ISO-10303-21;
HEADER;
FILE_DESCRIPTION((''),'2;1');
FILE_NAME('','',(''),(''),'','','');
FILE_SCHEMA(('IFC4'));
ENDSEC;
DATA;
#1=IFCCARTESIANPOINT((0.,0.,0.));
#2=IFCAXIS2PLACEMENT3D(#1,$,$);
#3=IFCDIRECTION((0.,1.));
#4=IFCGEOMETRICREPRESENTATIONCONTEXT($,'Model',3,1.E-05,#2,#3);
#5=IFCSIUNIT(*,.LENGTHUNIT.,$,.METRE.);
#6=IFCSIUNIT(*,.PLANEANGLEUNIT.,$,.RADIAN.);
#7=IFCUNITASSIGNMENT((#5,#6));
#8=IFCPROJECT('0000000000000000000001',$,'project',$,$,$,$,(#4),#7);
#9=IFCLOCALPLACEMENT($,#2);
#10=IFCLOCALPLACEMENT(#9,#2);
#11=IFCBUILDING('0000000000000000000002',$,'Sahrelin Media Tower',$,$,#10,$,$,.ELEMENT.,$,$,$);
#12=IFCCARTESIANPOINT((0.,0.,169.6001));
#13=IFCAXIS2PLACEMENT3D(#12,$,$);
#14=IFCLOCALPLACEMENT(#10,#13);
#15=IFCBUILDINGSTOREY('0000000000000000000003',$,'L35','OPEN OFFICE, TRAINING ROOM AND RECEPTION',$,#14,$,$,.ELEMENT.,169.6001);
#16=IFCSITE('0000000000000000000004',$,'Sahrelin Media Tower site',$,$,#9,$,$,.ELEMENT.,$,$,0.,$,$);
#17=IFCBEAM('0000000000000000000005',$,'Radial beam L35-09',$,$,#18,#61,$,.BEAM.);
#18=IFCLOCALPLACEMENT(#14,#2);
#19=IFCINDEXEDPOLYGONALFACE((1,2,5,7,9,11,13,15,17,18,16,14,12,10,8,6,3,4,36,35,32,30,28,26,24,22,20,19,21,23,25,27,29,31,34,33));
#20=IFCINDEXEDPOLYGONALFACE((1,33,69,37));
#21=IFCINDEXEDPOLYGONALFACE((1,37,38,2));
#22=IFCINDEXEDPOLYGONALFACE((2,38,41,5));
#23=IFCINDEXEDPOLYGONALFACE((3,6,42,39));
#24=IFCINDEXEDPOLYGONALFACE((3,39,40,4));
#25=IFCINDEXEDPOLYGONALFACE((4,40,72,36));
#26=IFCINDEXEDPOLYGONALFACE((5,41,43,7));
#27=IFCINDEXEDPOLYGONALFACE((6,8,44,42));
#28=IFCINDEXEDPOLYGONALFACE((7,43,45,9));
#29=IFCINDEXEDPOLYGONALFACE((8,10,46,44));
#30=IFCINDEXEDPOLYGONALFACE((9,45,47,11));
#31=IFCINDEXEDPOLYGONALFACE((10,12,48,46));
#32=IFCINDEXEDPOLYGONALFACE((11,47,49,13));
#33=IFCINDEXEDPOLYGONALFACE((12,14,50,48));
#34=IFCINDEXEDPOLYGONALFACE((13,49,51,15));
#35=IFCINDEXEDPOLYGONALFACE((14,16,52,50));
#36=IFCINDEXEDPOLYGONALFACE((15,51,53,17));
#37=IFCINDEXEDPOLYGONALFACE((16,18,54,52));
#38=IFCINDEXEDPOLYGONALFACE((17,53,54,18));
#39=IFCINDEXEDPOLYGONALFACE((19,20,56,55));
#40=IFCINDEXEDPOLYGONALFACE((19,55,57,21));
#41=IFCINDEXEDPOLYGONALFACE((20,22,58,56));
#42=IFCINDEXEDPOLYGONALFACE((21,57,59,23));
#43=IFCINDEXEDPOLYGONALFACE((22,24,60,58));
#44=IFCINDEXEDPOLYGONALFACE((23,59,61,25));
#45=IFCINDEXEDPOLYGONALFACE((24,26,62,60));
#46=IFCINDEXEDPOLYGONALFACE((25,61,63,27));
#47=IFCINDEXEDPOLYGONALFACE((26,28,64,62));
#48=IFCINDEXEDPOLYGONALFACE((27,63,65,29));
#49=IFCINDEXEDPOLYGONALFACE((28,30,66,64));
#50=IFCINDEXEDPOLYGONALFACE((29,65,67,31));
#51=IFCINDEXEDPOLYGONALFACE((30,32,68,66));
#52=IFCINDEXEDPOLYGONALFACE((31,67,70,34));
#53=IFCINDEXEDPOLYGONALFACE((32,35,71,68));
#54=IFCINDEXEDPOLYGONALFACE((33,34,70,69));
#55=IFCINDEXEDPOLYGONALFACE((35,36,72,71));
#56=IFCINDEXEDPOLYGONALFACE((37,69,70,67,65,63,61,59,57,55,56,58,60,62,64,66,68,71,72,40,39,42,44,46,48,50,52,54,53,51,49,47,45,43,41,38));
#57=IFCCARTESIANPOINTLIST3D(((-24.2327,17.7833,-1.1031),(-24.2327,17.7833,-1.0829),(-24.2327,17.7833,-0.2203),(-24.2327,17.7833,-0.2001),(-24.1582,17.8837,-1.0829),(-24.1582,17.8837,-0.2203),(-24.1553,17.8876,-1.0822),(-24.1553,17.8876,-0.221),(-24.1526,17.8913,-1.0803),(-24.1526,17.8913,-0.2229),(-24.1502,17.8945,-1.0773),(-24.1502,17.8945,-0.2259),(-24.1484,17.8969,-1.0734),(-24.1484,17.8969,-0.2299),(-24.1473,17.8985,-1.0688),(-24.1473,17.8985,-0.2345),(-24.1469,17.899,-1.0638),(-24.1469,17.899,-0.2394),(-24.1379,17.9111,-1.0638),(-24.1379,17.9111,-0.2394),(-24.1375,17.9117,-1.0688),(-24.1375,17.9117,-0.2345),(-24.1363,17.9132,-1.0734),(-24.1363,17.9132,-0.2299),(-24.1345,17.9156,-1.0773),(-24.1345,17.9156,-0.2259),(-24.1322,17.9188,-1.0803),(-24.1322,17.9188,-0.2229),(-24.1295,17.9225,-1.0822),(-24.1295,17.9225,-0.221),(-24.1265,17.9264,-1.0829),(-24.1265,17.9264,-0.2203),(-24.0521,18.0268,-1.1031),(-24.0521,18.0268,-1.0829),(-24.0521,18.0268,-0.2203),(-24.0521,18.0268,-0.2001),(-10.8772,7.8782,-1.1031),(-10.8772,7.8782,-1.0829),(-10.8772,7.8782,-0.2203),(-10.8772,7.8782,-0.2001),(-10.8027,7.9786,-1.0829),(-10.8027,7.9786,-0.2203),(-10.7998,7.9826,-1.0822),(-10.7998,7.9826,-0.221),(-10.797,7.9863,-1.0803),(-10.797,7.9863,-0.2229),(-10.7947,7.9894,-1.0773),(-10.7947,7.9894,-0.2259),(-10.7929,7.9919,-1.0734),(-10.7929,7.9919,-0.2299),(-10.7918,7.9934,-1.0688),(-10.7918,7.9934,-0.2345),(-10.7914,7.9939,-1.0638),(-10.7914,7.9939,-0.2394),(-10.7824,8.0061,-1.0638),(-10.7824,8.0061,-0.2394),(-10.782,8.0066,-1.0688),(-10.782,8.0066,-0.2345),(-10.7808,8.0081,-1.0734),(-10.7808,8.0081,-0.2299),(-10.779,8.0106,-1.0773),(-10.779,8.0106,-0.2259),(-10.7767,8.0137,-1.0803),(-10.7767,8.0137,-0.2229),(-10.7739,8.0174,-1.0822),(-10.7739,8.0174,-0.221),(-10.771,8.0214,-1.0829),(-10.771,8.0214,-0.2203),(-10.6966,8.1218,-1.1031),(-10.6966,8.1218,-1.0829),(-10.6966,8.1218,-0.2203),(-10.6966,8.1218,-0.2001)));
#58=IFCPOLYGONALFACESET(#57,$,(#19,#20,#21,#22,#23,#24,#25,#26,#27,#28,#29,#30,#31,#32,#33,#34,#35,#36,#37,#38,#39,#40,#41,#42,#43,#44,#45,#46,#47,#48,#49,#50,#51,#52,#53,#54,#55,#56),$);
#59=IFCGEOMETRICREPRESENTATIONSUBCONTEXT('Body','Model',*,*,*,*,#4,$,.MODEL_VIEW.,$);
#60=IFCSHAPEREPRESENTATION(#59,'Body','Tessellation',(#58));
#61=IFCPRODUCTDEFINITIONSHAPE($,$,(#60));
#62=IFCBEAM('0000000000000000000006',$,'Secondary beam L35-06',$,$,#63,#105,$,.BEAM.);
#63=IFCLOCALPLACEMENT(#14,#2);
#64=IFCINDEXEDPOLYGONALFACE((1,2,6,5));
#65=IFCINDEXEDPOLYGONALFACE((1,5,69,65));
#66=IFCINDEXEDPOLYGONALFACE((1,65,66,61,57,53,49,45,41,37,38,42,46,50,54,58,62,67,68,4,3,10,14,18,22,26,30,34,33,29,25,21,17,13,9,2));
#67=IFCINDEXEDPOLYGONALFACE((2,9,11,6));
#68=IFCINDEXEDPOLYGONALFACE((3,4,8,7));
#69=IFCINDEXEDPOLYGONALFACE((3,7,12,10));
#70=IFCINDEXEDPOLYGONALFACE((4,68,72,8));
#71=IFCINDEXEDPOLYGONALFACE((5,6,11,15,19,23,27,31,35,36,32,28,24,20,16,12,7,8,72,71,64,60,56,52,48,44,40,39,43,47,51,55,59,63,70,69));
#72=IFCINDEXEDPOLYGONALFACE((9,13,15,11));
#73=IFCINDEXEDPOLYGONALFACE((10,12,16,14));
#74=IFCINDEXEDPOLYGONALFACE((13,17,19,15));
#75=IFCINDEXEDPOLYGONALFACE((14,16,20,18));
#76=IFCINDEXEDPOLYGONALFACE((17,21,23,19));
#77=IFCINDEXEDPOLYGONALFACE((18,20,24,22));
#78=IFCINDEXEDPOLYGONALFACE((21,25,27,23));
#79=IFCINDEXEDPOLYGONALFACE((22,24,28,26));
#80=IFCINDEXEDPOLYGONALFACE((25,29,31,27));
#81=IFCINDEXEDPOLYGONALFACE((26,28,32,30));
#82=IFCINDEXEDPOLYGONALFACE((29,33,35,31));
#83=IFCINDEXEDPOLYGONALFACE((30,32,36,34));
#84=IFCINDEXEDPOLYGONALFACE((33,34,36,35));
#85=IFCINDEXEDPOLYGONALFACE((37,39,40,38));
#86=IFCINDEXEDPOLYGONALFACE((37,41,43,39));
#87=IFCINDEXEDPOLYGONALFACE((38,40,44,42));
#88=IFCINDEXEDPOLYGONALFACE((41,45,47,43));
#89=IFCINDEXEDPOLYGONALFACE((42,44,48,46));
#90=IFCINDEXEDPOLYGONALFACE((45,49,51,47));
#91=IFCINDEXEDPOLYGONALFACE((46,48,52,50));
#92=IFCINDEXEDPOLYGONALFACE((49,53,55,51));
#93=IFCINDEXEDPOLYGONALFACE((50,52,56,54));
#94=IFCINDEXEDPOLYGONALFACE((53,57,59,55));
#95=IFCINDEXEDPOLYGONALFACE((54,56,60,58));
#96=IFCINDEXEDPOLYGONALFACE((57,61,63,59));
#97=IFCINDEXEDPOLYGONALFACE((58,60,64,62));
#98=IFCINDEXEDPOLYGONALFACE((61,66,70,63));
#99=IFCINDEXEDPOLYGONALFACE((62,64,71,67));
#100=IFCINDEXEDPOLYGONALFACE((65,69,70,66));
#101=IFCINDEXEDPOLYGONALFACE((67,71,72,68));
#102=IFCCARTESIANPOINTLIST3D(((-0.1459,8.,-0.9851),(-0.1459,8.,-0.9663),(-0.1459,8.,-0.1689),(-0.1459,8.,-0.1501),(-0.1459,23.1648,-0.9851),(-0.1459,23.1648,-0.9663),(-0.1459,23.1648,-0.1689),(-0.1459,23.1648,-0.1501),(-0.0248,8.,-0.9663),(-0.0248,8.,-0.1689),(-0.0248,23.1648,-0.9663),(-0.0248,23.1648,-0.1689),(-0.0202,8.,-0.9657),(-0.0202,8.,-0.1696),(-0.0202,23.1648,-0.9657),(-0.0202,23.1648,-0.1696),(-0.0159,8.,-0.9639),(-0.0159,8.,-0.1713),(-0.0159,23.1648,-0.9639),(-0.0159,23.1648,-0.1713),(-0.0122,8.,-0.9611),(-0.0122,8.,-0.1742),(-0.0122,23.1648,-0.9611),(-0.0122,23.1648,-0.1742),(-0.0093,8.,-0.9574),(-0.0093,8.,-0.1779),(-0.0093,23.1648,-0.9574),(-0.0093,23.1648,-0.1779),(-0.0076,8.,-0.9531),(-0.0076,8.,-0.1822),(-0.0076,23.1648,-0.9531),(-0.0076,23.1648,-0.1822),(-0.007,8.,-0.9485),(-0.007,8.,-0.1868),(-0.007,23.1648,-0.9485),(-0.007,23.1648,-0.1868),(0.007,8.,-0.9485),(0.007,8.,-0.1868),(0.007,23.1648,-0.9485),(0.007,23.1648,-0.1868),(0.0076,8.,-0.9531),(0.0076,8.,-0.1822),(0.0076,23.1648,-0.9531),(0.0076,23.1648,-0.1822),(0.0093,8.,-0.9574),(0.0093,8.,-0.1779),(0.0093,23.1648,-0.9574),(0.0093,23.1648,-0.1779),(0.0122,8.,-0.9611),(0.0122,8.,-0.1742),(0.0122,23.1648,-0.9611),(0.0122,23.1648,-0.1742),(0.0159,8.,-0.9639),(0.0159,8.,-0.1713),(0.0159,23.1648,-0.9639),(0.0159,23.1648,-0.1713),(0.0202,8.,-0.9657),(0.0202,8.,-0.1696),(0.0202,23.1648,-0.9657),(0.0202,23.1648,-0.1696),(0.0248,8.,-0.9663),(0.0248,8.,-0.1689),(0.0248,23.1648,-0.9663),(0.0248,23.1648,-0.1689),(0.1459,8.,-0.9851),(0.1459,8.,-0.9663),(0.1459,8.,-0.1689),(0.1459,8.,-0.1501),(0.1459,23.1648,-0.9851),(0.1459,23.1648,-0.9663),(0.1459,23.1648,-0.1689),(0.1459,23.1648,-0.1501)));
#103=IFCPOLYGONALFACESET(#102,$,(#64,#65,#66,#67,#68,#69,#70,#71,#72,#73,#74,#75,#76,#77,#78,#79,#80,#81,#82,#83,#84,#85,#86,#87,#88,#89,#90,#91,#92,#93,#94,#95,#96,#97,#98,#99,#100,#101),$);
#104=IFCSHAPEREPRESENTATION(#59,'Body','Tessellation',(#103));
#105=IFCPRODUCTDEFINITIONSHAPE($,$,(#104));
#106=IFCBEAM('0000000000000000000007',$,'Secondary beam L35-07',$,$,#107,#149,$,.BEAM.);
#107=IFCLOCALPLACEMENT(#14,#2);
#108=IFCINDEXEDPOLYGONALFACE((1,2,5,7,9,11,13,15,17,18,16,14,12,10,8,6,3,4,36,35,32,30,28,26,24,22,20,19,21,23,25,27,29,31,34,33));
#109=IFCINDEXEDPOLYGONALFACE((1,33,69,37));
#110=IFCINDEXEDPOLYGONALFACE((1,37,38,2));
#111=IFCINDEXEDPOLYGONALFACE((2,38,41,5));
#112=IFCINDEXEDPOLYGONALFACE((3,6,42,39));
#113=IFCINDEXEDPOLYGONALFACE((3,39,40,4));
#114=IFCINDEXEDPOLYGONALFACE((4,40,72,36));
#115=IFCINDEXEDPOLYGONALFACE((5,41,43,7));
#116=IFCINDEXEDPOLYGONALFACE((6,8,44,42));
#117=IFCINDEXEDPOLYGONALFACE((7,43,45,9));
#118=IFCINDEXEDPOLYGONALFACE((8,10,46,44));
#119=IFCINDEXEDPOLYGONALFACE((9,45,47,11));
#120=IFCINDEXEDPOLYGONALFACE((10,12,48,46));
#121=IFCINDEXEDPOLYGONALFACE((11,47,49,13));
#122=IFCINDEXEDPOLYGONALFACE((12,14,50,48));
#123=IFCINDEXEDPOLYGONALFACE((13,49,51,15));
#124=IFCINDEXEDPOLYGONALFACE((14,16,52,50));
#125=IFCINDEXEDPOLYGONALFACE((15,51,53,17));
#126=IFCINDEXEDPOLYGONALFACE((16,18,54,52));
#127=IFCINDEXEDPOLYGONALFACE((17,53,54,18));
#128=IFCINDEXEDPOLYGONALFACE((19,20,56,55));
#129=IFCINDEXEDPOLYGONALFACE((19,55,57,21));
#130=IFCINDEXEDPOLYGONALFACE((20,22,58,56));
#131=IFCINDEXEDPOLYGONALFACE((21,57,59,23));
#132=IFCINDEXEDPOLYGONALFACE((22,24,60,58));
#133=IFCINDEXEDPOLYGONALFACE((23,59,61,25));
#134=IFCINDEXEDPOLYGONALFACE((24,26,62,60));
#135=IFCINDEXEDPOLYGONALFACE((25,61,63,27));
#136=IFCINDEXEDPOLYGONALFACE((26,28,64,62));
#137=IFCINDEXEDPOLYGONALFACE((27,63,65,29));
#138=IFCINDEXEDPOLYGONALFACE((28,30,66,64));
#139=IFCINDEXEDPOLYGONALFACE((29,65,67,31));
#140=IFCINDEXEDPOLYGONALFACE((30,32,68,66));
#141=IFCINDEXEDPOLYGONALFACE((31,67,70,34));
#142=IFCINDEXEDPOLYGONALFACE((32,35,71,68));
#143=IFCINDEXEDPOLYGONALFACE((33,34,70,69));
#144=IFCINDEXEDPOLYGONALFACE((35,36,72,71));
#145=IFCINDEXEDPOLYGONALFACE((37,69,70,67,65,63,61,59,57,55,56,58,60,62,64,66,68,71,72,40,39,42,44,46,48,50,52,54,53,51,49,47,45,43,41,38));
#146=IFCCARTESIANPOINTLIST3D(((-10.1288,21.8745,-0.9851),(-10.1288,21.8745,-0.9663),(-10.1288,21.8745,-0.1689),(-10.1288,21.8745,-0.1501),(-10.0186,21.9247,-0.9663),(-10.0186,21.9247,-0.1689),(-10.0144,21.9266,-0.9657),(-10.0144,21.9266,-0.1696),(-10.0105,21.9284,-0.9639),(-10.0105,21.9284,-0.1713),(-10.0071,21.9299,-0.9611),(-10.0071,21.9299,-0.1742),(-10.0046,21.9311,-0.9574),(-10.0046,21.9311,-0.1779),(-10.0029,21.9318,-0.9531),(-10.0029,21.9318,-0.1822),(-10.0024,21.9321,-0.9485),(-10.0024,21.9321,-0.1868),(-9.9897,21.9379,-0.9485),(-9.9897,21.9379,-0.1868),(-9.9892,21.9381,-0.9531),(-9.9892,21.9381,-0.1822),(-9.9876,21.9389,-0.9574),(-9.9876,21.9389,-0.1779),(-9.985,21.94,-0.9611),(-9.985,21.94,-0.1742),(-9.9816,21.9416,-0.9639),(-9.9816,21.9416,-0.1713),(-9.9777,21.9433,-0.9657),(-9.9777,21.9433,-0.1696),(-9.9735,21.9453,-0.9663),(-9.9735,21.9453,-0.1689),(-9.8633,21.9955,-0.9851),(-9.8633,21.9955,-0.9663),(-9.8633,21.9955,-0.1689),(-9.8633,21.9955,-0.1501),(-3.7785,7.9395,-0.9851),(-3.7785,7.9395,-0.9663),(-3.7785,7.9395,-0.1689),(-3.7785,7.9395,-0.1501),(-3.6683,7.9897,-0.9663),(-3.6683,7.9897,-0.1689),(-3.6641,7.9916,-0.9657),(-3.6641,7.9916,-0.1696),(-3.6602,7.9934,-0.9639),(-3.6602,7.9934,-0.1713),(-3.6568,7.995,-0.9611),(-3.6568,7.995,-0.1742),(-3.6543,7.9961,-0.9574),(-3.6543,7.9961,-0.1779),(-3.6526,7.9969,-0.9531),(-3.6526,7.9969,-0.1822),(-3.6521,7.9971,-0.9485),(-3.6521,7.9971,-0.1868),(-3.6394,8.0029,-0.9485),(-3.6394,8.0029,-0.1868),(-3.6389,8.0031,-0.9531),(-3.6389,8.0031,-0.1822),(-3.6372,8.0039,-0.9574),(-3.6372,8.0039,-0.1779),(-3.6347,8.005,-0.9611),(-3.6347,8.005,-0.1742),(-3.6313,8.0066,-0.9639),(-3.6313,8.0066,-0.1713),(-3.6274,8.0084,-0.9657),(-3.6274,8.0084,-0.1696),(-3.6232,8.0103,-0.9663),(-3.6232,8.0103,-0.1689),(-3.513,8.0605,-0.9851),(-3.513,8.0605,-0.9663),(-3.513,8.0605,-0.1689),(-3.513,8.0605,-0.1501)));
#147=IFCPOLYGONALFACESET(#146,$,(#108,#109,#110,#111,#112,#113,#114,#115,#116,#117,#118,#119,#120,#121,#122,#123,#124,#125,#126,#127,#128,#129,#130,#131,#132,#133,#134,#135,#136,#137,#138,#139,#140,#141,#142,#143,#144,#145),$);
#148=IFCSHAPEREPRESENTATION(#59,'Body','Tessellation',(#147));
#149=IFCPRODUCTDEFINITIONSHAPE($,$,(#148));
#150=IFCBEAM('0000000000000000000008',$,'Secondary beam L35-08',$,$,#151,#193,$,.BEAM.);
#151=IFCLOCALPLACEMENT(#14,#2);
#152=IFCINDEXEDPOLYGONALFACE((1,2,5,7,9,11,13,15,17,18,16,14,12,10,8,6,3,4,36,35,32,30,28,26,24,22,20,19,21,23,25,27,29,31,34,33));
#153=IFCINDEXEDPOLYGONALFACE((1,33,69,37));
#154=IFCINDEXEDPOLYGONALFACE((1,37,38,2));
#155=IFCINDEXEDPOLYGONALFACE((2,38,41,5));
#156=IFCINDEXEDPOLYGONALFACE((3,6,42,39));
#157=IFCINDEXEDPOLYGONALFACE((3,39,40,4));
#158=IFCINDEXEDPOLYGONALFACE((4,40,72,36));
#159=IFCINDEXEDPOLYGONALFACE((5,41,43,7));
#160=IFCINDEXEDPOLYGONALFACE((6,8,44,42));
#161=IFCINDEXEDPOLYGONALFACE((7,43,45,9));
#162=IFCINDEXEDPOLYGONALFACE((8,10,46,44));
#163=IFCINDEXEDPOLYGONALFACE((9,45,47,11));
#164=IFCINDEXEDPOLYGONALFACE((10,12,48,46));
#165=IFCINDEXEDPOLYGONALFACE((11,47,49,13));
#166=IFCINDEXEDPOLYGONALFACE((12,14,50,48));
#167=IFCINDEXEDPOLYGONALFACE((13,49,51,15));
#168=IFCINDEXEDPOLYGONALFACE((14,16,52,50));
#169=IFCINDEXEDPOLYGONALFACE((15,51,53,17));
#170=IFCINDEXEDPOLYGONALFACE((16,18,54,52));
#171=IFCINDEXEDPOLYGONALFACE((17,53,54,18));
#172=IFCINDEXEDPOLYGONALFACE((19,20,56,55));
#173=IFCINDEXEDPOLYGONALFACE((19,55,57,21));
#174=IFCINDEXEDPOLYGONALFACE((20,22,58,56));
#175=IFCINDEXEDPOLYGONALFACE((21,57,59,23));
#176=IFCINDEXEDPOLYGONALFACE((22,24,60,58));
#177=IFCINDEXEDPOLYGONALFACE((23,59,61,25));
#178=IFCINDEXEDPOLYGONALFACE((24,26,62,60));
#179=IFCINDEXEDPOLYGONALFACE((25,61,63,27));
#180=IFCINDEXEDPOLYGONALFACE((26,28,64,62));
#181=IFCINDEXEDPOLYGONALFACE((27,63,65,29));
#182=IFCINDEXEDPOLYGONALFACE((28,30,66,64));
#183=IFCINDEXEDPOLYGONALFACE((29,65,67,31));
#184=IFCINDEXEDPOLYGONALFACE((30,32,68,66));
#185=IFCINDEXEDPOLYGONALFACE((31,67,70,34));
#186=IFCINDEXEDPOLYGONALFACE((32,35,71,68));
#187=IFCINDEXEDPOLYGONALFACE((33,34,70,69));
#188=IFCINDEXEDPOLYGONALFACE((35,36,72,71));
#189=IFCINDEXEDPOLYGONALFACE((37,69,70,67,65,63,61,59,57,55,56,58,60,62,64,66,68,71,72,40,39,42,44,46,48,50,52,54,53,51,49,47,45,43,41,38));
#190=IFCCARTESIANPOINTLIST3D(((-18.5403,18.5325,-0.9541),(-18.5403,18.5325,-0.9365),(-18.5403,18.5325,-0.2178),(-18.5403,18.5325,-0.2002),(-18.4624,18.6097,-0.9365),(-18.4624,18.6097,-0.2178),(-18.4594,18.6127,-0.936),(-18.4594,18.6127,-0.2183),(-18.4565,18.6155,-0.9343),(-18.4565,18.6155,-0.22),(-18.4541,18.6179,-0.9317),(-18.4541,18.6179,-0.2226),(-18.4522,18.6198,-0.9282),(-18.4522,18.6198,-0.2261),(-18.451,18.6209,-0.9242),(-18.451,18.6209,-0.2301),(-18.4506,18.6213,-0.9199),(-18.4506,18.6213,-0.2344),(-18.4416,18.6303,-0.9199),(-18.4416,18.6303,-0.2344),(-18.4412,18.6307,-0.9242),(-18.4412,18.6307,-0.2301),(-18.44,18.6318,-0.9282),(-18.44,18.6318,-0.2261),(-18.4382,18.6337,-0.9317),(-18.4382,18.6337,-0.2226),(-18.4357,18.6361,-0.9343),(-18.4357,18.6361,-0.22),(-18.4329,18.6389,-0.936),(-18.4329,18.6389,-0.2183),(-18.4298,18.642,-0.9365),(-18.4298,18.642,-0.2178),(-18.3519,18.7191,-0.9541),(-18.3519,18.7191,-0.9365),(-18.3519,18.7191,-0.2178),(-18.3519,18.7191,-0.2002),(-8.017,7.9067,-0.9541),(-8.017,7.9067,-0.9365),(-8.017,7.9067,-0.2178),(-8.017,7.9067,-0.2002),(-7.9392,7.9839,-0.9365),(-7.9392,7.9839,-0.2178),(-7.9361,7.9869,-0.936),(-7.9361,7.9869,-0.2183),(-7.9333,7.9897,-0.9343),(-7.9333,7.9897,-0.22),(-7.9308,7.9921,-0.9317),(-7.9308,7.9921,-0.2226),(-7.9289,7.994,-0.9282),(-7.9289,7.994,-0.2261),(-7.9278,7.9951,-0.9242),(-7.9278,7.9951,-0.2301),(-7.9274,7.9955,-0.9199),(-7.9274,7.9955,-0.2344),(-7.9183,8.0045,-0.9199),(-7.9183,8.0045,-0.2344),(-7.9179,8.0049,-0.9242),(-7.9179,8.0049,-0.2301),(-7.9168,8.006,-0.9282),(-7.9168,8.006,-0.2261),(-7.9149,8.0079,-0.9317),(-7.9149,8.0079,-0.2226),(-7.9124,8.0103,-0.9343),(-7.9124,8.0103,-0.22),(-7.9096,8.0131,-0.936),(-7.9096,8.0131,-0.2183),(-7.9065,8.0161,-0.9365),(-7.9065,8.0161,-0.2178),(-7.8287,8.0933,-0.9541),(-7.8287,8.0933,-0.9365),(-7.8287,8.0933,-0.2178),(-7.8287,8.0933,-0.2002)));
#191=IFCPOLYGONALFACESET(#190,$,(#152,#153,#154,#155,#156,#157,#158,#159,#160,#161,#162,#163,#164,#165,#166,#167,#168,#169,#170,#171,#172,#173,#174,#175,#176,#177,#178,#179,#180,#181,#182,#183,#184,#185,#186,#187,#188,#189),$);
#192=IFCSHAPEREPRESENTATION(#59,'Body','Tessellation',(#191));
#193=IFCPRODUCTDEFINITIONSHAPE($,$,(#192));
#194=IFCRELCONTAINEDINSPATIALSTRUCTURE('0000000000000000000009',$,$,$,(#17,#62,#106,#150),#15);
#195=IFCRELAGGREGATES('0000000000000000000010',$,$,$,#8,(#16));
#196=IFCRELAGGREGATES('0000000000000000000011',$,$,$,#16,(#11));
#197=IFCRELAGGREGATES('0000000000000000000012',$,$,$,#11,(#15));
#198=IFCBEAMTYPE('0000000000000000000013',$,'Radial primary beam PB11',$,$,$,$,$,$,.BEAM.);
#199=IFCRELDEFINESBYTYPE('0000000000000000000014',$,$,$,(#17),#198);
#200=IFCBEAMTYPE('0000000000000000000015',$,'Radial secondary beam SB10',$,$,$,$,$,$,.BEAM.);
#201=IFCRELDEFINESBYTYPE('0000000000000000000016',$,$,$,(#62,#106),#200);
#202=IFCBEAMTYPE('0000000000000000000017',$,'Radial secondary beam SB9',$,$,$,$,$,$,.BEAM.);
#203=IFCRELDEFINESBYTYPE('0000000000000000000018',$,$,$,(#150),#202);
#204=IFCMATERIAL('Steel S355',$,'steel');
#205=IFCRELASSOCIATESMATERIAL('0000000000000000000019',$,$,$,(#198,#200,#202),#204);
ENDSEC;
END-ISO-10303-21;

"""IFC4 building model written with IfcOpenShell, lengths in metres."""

from ifc_helpers import new_model, si_unit, direction, frame, origin, origin_2d, place, context, subcontext, project, spatial, i_section, extrude, material, material_profile, profile_set, type_object, element, save


model = new_model("IFC4")

# Units and contexts
model_context = context("Model", 3, precision=1e-05, world=origin(), true_north=direction((0.0, 1.0)))
body_context = subcontext(model_context, "Body", "Model", "MODEL_VIEW")
ifc_project = project(units=[si_unit("LENGTHUNIT", "METRE"), si_unit("PLANEANGLEUNIT", "RADIAN")], contexts=[model_context])

# Site, building, storey
site_placement = place(None, origin())
site = spatial("IfcSite", under=ifc_project, at=site_placement, Name="Sahrelin Media Tower site", CompositionType="ELEMENT", RefElevation=0.0)
building_placement = place(site_placement, origin())
building = spatial("IfcBuilding", under=site, at=building_placement, Name="Sahrelin Media Tower", CompositionType="ELEMENT")
storey_placement = place(building_placement, frame((0.0, 0.0, 169.6001)))
storey = spatial("IfcBuildingStorey", under=building, at=storey_placement, Name="L35", Description="OPEN OFFICE, TRAINING ROOM AND RECEPTION", CompositionType="ELEMENT", Elevation=169.6001)

# Shared definitions
ifc_material_1 = material(Name="Steel S355", Category="steel")

# Beams
ifc_material_profile_1 = material_profile(ifc_material_1, i_section(OverallWidth=0.3032, OverallDepth=0.9031, WebThickness=0.0151, FlangeThickness=0.0203, FilletRadius=0.019, at=origin_2d()), Name="UB 914x305x201")
ifc_profile_set_1 = profile_set([ifc_material_profile_1], Name="Steel S355")
beam_type_1 = type_object("IfcBeamType", Name="Radial primary beam PB11", PredefinedType="BEAM", material=ifc_profile_set_1)
beam_1_placement = place(storey_placement, frame((-10.7869, 8.0, -0.6516), z_axis=(-0.803209, 0.595697, 0.0), x_axis=(-0.595697, -0.803209, 0.0)))
element("IfcBeam", 1, at=beam_1_placement, inside=storey, type_object=beam_type_1, Name="Radial beam L35-09", PredefinedType="BEAM", context=body_context, shape_type="SweptSolid", body=[
    extrude(i_section(OverallWidth=0.3032, OverallDepth=0.9031, WebThickness=0.0151, FlangeThickness=0.0203, FilletRadius=0.019, at=origin_2d()), origin(), (0.0, 0.0, 1.0), 16.6277),
])
ifc_material_profile_2 = material_profile(ifc_material_1, i_section(OverallWidth=0.2917, OverallDepth=0.835, WebThickness=0.0139, FlangeThickness=0.0188, FilletRadius=0.0178, at=origin_2d()), Name="UB 838x292x176")
ifc_profile_set_2 = profile_set([ifc_material_profile_2], Name="Steel S355")
beam_type_2 = type_object("IfcBeamType", Name="Radial secondary beam SB10", PredefinedType="BEAM", material=ifc_profile_set_2)
beam_2_placement = place(storey_placement, frame((0.0, 8.0, -0.5676), z_axis=(0.0, 1.0, 0.0), x_axis=(-1.0, 0.0, 0.0)))
element("IfcBeam", 2, at=beam_2_placement, inside=storey, type_object=beam_type_2, Name="Secondary beam L35-06", PredefinedType="BEAM", context=body_context, shape_type="SweptSolid", body=[
    extrude(i_section(OverallWidth=0.2917, OverallDepth=0.835, WebThickness=0.0139, FlangeThickness=0.0188, FilletRadius=0.0178, at=origin_2d()), origin(), (0.0, 0.0, 1.0), 15.1648),
])
beam_3_placement = place(storey_placement, frame((-3.6458, 8.0, -0.5676), z_axis=(-0.414681, 0.909967, 0.0), x_axis=(-0.909967, -0.414681, 0.0)))
element("IfcBeam", 3, at=beam_3_placement, inside=storey, type_object=beam_type_2, Name="Secondary beam L35-07", PredefinedType="BEAM", context=body_context, shape_type="SweptSolid", body=[
    extrude(i_section(OverallWidth=0.2917, OverallDepth=0.835, WebThickness=0.0139, FlangeThickness=0.0188, FilletRadius=0.0178, at=origin_2d()), origin(), (0.0, 0.0, 1.0), 15.3137),
])
ifc_material_profile_3 = material_profile(ifc_material_1, i_section(OverallWidth=0.2651, OverallDepth=0.7539, WebThickness=0.0127, FlangeThickness=0.0176, FilletRadius=0.0166, at=origin_2d()), Name="UB 762x267x147")
ifc_profile_set_3 = profile_set([ifc_material_profile_3], Name="Steel S355")
beam_type_3 = type_object("IfcBeamType", Name="Radial secondary beam SB9", PredefinedType="BEAM", material=ifc_profile_set_3)
beam_4_placement = place(storey_placement, frame((-7.9229, 8.0, -0.5771), z_axis=(-0.70367, 0.710527, 0.0), x_axis=(-0.710527, -0.70367, 0.0)))
element("IfcBeam", 4, at=beam_4_placement, inside=storey, type_object=beam_type_3, Name="Secondary beam L35-08", PredefinedType="BEAM", context=body_context, shape_type="SweptSolid", body=[
    extrude(i_section(OverallWidth=0.2651, OverallDepth=0.7539, WebThickness=0.0127, FlangeThickness=0.0176, FilletRadius=0.0166, at=origin_2d()), origin(), (0.0, 0.0, 1.0), 14.9548),
])

save(model, "model.ifc")
